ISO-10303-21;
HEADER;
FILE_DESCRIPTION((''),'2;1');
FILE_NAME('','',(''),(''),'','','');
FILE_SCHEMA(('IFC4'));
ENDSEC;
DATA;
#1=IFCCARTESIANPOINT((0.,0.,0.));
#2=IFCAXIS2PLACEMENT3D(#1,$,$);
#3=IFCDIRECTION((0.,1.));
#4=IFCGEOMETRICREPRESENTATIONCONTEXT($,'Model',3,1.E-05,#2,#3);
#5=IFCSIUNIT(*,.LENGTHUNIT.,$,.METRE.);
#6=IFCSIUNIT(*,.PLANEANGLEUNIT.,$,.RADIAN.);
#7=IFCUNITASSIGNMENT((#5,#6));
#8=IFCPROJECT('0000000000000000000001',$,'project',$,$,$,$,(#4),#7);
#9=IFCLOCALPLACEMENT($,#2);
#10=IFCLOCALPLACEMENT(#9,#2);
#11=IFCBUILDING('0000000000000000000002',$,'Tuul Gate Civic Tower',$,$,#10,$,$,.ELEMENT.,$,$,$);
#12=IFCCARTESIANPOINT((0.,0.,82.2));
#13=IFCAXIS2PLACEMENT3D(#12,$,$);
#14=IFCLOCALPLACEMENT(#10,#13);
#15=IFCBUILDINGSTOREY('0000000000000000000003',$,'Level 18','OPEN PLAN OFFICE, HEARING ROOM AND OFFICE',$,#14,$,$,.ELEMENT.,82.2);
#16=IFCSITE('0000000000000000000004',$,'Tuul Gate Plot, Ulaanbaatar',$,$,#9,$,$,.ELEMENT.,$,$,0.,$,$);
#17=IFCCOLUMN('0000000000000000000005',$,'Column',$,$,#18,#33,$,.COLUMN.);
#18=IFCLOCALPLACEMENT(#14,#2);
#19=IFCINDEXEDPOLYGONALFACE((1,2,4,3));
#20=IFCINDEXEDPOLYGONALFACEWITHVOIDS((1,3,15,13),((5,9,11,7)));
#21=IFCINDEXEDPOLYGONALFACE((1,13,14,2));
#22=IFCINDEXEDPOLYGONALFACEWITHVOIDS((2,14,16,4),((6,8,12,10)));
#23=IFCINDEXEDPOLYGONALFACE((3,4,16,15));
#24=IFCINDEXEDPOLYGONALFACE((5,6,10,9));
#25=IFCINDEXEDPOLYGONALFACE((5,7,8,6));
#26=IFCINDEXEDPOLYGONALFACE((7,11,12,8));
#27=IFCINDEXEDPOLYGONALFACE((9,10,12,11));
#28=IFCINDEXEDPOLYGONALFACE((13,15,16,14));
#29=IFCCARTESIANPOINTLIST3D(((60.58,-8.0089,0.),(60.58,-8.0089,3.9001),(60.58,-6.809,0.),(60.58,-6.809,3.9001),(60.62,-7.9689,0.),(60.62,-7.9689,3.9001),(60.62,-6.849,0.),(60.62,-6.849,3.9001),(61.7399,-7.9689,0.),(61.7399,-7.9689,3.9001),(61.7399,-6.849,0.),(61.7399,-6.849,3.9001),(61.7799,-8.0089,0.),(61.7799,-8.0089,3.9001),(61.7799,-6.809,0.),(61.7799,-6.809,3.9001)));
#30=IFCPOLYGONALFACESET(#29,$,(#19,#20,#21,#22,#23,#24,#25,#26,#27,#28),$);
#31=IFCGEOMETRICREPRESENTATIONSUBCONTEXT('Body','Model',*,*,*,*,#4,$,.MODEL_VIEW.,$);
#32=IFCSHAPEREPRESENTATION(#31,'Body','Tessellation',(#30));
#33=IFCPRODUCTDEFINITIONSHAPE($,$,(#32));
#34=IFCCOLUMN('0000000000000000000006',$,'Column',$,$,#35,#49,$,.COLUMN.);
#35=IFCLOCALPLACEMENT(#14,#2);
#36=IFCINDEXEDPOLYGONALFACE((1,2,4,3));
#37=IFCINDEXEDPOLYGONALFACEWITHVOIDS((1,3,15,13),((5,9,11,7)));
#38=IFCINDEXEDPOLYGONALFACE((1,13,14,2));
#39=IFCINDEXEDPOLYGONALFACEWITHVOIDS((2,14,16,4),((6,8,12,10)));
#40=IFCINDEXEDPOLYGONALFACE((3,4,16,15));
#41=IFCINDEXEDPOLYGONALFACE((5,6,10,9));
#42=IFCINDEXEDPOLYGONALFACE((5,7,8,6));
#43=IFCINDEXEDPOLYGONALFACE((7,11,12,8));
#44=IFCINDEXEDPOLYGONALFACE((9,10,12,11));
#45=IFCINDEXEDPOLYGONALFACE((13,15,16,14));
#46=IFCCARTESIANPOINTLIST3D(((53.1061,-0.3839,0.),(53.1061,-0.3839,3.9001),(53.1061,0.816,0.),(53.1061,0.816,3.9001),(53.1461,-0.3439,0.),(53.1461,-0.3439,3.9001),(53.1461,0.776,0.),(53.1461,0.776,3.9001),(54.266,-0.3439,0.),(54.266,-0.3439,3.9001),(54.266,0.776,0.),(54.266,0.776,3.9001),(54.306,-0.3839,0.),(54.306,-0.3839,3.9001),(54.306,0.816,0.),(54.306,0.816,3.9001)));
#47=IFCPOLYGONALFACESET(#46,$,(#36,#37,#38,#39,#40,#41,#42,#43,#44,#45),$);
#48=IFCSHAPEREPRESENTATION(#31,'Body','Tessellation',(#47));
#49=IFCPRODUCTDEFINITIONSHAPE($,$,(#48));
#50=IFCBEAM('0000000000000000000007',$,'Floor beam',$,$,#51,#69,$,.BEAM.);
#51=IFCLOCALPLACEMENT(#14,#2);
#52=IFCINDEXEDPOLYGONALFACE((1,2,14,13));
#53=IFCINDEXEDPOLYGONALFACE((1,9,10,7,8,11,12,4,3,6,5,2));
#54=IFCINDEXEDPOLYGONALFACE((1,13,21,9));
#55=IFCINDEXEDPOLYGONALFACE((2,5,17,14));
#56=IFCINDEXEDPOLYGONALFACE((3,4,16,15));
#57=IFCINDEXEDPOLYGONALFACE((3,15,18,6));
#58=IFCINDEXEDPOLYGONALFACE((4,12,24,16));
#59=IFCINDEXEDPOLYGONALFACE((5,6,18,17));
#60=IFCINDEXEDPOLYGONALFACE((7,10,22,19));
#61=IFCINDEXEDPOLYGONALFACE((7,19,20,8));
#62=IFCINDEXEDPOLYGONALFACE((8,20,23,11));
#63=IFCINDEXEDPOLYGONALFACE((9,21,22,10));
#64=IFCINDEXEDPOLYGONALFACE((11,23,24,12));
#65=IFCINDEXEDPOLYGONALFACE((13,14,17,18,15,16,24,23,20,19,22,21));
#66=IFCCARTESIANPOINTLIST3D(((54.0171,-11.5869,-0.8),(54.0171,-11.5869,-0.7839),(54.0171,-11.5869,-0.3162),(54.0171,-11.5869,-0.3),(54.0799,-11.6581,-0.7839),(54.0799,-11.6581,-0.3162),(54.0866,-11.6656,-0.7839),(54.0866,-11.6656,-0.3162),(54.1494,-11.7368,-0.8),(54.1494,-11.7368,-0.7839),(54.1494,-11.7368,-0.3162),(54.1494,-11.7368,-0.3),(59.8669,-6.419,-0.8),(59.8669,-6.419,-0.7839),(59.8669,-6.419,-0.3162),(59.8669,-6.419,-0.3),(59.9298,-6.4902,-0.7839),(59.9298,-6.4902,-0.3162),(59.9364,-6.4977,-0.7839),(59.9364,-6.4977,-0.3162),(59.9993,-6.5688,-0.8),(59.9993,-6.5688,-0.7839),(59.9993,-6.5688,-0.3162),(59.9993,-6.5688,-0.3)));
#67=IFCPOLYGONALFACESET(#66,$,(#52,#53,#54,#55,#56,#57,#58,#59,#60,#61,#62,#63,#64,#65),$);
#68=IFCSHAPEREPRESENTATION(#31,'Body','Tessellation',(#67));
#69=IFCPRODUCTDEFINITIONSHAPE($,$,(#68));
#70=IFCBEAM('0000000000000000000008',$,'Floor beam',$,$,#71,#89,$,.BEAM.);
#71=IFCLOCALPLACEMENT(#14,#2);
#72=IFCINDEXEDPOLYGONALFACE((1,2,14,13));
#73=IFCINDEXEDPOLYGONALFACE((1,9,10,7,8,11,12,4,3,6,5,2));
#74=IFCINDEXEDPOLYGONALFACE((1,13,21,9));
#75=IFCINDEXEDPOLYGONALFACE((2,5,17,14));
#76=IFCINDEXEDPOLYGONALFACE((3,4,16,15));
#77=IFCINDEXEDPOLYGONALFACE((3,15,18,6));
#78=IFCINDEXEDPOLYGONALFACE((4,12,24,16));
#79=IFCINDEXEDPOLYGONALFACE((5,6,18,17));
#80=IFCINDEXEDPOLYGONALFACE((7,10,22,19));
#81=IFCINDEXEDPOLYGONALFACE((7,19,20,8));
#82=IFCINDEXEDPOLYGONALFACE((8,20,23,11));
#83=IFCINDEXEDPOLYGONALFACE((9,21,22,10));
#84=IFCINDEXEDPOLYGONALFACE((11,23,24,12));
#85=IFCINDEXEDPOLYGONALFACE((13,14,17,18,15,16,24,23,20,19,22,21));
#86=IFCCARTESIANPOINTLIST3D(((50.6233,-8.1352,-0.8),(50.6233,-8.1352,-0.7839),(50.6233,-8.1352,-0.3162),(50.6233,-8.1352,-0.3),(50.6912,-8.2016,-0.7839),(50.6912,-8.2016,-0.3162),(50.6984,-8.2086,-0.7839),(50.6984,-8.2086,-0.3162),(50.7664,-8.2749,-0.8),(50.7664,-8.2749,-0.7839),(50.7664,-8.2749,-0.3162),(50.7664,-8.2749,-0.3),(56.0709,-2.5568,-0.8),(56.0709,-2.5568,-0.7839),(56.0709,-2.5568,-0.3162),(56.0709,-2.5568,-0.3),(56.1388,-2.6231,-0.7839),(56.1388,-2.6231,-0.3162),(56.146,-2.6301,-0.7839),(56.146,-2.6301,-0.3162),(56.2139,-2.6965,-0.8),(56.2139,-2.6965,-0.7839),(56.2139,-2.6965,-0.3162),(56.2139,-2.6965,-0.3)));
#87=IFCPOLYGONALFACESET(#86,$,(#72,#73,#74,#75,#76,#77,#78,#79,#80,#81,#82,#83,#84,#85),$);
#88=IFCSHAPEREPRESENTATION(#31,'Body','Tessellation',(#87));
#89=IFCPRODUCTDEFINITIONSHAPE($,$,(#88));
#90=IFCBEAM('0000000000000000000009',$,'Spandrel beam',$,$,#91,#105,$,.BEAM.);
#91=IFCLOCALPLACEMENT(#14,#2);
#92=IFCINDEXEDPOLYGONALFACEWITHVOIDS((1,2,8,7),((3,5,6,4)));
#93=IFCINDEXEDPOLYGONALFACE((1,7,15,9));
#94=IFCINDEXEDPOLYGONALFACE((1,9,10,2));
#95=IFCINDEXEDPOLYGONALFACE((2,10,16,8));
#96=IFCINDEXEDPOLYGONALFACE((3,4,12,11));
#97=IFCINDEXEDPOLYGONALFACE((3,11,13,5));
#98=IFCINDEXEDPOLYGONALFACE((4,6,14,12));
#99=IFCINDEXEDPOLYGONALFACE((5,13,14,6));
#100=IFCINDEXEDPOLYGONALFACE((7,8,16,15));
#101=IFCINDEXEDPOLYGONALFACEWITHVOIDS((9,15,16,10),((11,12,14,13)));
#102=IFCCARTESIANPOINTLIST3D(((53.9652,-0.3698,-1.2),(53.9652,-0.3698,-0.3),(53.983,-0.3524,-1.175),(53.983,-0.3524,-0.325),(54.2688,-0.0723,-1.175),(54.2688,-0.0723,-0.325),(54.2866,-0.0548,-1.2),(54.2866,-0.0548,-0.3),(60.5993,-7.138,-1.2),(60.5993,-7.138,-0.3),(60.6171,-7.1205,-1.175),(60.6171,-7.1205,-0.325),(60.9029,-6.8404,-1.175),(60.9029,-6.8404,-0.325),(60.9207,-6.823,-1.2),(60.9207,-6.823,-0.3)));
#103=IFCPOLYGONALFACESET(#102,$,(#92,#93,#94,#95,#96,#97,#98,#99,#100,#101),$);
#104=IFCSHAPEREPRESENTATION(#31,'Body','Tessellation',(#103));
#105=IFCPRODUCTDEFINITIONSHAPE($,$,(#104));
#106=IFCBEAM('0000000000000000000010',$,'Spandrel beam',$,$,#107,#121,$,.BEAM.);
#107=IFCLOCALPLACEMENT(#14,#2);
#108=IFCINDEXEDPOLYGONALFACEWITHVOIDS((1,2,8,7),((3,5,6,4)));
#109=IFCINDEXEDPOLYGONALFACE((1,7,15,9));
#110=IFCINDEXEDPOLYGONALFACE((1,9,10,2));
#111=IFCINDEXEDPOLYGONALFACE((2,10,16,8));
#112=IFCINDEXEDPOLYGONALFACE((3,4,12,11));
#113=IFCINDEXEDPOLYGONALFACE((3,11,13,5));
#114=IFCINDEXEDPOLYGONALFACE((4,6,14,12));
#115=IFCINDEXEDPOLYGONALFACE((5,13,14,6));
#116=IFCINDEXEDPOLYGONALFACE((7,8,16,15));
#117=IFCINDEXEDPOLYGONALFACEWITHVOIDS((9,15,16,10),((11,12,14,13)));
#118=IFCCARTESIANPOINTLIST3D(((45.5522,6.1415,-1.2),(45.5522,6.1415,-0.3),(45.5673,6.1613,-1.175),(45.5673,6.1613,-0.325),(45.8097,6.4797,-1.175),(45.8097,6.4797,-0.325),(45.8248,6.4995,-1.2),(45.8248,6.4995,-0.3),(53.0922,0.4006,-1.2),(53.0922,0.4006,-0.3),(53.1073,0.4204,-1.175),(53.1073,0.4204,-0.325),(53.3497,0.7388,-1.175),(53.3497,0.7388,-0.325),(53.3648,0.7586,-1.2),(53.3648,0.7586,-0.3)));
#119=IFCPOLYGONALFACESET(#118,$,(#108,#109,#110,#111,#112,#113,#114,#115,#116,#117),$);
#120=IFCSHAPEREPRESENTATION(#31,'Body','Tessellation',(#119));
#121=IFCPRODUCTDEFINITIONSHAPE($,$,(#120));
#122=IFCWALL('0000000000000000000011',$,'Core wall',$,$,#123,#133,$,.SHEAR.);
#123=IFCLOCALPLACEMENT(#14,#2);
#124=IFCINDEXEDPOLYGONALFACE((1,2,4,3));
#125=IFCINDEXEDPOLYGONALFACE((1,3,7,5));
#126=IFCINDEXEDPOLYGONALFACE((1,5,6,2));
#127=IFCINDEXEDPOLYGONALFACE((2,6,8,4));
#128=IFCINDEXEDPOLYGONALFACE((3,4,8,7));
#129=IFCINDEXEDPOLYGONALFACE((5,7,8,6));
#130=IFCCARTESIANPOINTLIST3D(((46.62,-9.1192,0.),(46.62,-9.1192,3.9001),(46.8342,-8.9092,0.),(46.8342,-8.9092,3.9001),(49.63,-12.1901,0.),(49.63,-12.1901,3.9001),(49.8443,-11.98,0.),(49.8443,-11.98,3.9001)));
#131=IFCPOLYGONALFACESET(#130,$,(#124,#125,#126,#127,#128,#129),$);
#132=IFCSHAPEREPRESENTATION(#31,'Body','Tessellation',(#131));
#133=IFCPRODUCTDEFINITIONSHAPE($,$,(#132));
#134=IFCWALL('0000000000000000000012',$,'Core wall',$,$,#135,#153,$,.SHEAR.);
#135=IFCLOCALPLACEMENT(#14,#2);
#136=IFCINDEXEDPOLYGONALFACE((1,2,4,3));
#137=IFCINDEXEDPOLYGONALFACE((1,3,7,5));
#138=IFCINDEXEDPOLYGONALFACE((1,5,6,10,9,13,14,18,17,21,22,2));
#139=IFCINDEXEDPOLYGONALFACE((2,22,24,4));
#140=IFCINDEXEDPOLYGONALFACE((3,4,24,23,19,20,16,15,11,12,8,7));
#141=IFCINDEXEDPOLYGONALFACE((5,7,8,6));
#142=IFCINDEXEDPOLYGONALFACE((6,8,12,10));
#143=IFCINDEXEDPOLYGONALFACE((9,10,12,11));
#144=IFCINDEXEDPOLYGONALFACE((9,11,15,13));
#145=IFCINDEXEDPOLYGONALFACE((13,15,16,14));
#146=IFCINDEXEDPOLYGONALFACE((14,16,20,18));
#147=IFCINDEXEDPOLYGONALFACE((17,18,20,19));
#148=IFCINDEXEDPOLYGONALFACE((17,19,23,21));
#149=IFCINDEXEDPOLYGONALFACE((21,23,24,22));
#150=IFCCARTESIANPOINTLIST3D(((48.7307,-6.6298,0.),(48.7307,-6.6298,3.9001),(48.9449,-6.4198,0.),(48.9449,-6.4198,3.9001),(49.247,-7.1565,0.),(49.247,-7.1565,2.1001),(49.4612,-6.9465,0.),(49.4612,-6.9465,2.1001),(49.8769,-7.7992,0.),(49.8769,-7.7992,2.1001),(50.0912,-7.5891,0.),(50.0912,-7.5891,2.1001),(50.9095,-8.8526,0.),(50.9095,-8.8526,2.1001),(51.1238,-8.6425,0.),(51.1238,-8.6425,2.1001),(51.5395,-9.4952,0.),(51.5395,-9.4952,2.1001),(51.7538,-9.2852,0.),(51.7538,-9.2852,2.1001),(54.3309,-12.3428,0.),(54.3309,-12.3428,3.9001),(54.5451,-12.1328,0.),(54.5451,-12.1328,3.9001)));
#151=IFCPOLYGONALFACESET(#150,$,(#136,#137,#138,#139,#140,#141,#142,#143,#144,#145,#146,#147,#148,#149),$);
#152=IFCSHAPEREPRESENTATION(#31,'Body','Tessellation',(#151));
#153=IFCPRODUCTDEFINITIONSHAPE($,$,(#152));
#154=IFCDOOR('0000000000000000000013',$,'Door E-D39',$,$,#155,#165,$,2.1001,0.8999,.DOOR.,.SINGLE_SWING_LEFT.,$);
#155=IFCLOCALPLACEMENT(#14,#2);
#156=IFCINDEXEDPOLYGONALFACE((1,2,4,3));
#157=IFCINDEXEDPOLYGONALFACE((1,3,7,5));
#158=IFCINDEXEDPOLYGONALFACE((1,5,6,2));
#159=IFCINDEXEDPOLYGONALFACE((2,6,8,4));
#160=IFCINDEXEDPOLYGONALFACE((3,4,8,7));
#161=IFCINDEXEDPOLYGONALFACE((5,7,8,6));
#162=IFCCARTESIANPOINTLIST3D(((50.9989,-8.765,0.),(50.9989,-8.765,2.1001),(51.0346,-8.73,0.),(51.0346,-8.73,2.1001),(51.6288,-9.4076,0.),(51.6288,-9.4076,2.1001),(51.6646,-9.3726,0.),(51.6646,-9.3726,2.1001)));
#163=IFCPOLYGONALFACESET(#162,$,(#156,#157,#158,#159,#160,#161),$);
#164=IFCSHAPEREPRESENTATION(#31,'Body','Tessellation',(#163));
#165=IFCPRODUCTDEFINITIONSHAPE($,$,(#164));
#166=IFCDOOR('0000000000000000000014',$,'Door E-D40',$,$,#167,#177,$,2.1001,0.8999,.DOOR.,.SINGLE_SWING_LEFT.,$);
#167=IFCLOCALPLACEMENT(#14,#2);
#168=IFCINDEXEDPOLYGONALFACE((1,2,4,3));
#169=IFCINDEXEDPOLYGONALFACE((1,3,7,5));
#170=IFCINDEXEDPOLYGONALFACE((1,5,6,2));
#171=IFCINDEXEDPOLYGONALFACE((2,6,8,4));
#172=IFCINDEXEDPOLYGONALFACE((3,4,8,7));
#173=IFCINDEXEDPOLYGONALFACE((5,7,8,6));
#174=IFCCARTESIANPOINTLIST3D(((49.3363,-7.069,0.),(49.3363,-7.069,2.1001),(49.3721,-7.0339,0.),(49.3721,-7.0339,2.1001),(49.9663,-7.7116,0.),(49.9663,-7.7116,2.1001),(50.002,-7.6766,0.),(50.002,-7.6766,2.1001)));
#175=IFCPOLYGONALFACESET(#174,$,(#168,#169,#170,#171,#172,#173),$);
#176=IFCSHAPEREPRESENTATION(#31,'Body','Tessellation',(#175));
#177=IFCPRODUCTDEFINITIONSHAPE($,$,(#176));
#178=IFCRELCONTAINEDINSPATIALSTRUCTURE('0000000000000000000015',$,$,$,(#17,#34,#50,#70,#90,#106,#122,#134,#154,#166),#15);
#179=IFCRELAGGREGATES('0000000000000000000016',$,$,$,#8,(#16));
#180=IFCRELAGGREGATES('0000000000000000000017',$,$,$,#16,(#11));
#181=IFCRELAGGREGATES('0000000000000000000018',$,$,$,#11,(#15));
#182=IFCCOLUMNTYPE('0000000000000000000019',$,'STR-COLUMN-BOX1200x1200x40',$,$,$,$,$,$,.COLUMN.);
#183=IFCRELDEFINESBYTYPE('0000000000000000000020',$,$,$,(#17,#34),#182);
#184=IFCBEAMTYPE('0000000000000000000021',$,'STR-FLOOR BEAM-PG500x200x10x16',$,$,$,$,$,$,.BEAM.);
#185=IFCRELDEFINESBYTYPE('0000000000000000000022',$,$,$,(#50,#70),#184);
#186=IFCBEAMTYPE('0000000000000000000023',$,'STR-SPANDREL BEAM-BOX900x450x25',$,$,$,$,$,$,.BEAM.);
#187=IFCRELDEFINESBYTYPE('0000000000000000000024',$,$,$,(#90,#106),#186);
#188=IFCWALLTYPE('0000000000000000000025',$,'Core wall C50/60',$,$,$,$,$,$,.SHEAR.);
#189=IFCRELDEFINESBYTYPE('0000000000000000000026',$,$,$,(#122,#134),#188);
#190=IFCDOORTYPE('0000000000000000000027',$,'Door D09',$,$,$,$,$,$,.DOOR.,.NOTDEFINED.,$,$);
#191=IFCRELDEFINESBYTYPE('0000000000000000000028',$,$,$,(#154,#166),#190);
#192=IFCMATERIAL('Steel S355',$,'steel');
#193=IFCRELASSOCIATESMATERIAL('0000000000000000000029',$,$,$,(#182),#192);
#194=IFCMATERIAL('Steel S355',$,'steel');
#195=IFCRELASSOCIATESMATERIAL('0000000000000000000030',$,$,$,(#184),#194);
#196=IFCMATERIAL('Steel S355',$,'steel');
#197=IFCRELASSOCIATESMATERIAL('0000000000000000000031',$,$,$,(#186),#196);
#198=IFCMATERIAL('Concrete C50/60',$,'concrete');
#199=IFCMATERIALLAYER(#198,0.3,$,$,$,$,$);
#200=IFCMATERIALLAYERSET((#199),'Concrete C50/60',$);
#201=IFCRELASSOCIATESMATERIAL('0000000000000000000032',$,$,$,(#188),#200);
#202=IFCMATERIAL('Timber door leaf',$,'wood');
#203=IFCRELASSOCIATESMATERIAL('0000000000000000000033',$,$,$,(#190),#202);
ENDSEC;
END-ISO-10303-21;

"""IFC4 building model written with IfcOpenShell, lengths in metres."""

from ifc_helpers import new_model, si_unit, direction, frame, frame_2d, origin, origin_2d, place, context, subcontext, project, spatial, rectangle, hollow_rectangle, i_section, extrude, material, layer, layer_set, material_profile, profile_set, type_object, element, fill, save


model = new_model("IFC4")

# Units and contexts
model_context = context("Model", 3, precision=1e-05, world=origin(), true_north=direction((0.0, 1.0)))
body_context = subcontext(model_context, "Body", "Model", "MODEL_VIEW")
ifc_project = project(units=[si_unit("LENGTHUNIT", "METRE"), si_unit("PLANEANGLEUNIT", "RADIAN")], contexts=[model_context])

# Site, building, storey
site_placement = place(None, origin())
site = spatial("IfcSite", under=ifc_project, at=site_placement, Name="Tuul Gate Plot, Ulaanbaatar", CompositionType="ELEMENT", RefElevation=0.0)
building_placement = place(site_placement, origin())
building = spatial("IfcBuilding", under=site, at=building_placement, Name="Tuul Gate Civic Tower", CompositionType="ELEMENT")
storey_placement = place(building_placement, frame((0.0, 0.0, 82.2)))
storey = spatial("IfcBuildingStorey", under=building, at=storey_placement, Name="Level 18", Description="OPEN PLAN OFFICE, HEARING ROOM AND OFFICE", CompositionType="ELEMENT", Elevation=82.2)

# Columns
ifc_material_1 = material(Name="Steel S355", Category="steel")
ifc_material_profile_1 = material_profile(ifc_material_1, hollow_rectangle(XDim=1.2, YDim=1.2, WallThickness=0.04, at=origin_2d()), Name="BOX1200x1200x40")
ifc_profile_set_1 = profile_set([ifc_material_profile_1], Name="Steel S355")
column_type = type_object("IfcColumnType", Name="STR-COLUMN-BOX1200x1200x40", PredefinedType="COLUMN", material=ifc_profile_set_1)
for number, where, z_axis, x_axis, name in (
    (1, (61.1799, -7.4089, 0.0), (0.0, 0.0, 1.0), (1.0, 0.0, 0.0), "Column"),
    (2, (53.7061, 0.2161, 0.0), (0.0, 0.0, 1.0), (1.0, 0.0, 0.0), "Column"),
):
    element("IfcColumn", number, at=place(storey_placement, frame(where, z_axis=z_axis, x_axis=x_axis)), inside=storey, type_object=column_type, Name=name, PredefinedType="COLUMN", context=body_context, shape_type="SweptSolid", body=[
        extrude(hollow_rectangle(XDim=1.2, YDim=1.2, WallThickness=0.04, at=origin_2d()), origin(), (0.0, 0.0, 1.0), 3.9001),
    ])

# Beams
ifc_material_2 = material(Name="Steel S355", Category="steel")
ifc_material_profile_2 = material_profile(ifc_material_2, i_section(OverallWidth=0.2, OverallDepth=0.5, WebThickness=0.01, FlangeThickness=0.0161, at=origin_2d()), Name="PG500x200x10x16")
ifc_profile_set_2 = profile_set([ifc_material_profile_2], Name="Steel S355")
beam_type_1 = type_object("IfcBeamType", Name="STR-FLOOR BEAM-PG500x200x10x16", PredefinedType="BEAM", material=ifc_profile_set_2)
beam_1_placement = place(storey_placement, frame((54.0833, -11.6619, -0.55), z_axis=(0.749435, 0.662078, 0.0), x_axis=(-0.662078, 0.749435, 0.0)))
element("IfcBeam", 3, at=beam_1_placement, inside=storey, type_object=beam_type_1, Name="Floor beam", PredefinedType="BEAM", context=body_context, shape_type="SweptSolid", body=[
    extrude(i_section(OverallWidth=0.2, OverallDepth=0.5, WebThickness=0.01, FlangeThickness=0.0161, at=origin_2d()), origin(), (0.0, 0.0, 1.0), 7.8057),
])
beam_2_placement = place(storey_placement, frame((50.6948, -8.2051, -0.55), z_axis=(0.698665, 0.715449, 0.0), x_axis=(-0.715449, 0.698665, 0.0)))
element("IfcBeam", 4, at=beam_2_placement, inside=storey, type_object=beam_type_1, Name="Floor beam", PredefinedType="BEAM", context=body_context, shape_type="SweptSolid", body=[
    extrude(i_section(OverallWidth=0.2, OverallDepth=0.5, WebThickness=0.01, FlangeThickness=0.0161, at=origin_2d()), origin(), (0.0, 0.0, 1.0), 7.7971),
])
ifc_material_3 = material(Name="Steel S355", Category="steel")
ifc_material_profile_3 = material_profile(ifc_material_3, hollow_rectangle(XDim=0.45, YDim=0.8999, WallThickness=0.0249, at=origin_2d()), Name="BOX900x450x25")
ifc_profile_set_3 = profile_set([ifc_material_profile_3], Name="Steel S355")
beam_type_2 = type_object("IfcBeamType", Name="STR-SPANDREL BEAM-BOX900x450x25", PredefinedType="BEAM", material=ifc_profile_set_3)
beam_3_placement = place(storey_placement, frame((60.76, -6.9805, -0.75), z_axis=(-0.7, 0.714143, 0.0), x_axis=(-0.714143, -0.7, 0.0)))
element("IfcBeam", 5, at=beam_3_placement, inside=storey, type_object=beam_type_2, Name="Spandrel beam", PredefinedType="BEAM", context=body_context, shape_type="SweptSolid", body=[
    extrude(hollow_rectangle(XDim=0.45, YDim=0.8999, WallThickness=0.0249, at=origin_2d()), origin(), (0.0, 0.0, 1.0), 9.4773),
])
beam_4_placement = place(storey_placement, frame((53.2285, 0.5796, -0.75), z_axis=(-0.795626, 0.605788, 0.0), x_axis=(-0.605788, -0.795626, 0.0)))
element("IfcBeam", 6, at=beam_4_placement, inside=storey, type_object=beam_type_2, Name="Spandrel beam", PredefinedType="BEAM", context=body_context, shape_type="SweptSolid", body=[
    extrude(hollow_rectangle(XDim=0.45, YDim=0.8999, WallThickness=0.0249, at=origin_2d()), origin(), (0.0, 0.0, 1.0), 9.4768),
])

# Wall
ifc_material_4 = material(Name="Concrete C50/60", Category="concrete")
ifc_layer_1 = layer(ifc_material_4, 0.3)
ifc_layer_set_1 = layer_set([ifc_layer_1], Name="Concrete C50/60")
wall_type_1 = type_object("IfcWallType", Name="Core wall C50/60", PredefinedType="SHEAR", material=ifc_layer_set_1)
wall_1_placement = place(storey_placement, frame((49.7371, -12.085, 0.0), z_axis=(0.0, 0.0, 1.0), x_axis=(-0.700003, 0.71414, 0.0)))
element("IfcWall", 7, at=wall_1_placement, inside=storey, type_object=wall_type_1, Name="Core wall", PredefinedType="SHEAR", context=body_context, shape_type="SweptSolid", body=[
    extrude(rectangle(XDim=4.3, YDim=0.3, at=frame_2d((2.1499, 0.0))), origin(), (0.0, 0.0, 1.0), 3.9001),
])

# Wall, openings, doors
wall_2_placement = place(storey_placement, frame((54.438, -12.2378, 0.0), z_axis=(0.0, 0.0, 1.0), x_axis=(-0.700022, 0.714121, 0.0)))
wall_2 = element("IfcWall", 8, at=wall_2_placement, inside=storey, type_object=wall_type_1, Name="Core wall", PredefinedType="SHEAR", context=body_context, shape_type="SweptSolid", body=[
    extrude(rectangle(XDim=8.0, YDim=0.3, at=frame_2d((4.0, 0.0))), origin(), (0.0, 0.0, 1.0), 3.9001),
])
opening_1_placement = place(wall_2_placement, frame((3.9875, 0.0, 0.0)))
opening_1 = element("IfcOpeningElement", 9, at=opening_1_placement, cuts=wall_2, PredefinedType="OPENING", context=body_context, shape_type="SweptSolid", body=[
    extrude(rectangle(XDim=0.8999, YDim=2.1001, at=frame_2d((0.45, 1.05))), frame((0.0, 0.1602, 0.0), z_axis=(0.0, -1.0, 0.0), x_axis=(1.0, 0.0, 0.0)), (0.0, 0.0, 1.0), 0.3201),
])
opening_2_placement = place(wall_2_placement, frame((6.3625, 0.0, 0.0)))
opening_2 = element("IfcOpeningElement", 10, at=opening_2_placement, cuts=wall_2, PredefinedType="OPENING", context=body_context, shape_type="SweptSolid", body=[
    extrude(rectangle(XDim=0.8999, YDim=2.1001, at=frame_2d((0.45, 1.05))), frame((0.0, 0.1602, 0.0), z_axis=(0.0, -1.0, 0.0), x_axis=(1.0, 0.0, 0.0)), (0.0, 0.0, 1.0), 0.3201),
])
ifc_material_5 = material(Name="Timber door leaf", Category="wood")
door_type_1 = type_object("IfcDoorType", Name="Door D09", OperationType="NOTDEFINED", PredefinedType="DOOR", material=ifc_material_5)
door_1_placement = place(opening_1_placement, origin())
door_1 = element("IfcDoor", 11, at=door_1_placement, inside=storey, type_object=door_type_1, Name="Door E-D39", OperationType="SINGLE_SWING_LEFT", OverallHeight=2.1001, OverallWidth=0.8999, PredefinedType="DOOR", context=body_context, shape_type="SweptSolid", body=[
    extrude(rectangle(XDim=0.8999, YDim=2.1001, at=frame_2d((0.45, 1.05))), frame((0.0, 0.0249, 0.0), z_axis=(0.0, -1.0, 0.0), x_axis=(1.0, 0.0, 0.0)), (0.0, 0.0, 1.0), 0.05),
])
fill(opening_1, door_1)
door_2_placement = place(opening_2_placement, origin())
door_2 = element("IfcDoor", 12, at=door_2_placement, inside=storey, type_object=door_type_1, Name="Door E-D40", OperationType="SINGLE_SWING_LEFT", OverallHeight=2.1001, OverallWidth=0.8999, PredefinedType="DOOR", context=body_context, shape_type="SweptSolid", body=[
    extrude(rectangle(XDim=0.8999, YDim=2.1001, at=frame_2d((0.45, 1.05))), frame((0.0, 0.0249, 0.0), z_axis=(0.0, -1.0, 0.0), x_axis=(1.0, 0.0, 0.0)), (0.0, 0.0, 1.0), 0.05),
])
fill(opening_2, door_2)

save(model, "model.ifc")
